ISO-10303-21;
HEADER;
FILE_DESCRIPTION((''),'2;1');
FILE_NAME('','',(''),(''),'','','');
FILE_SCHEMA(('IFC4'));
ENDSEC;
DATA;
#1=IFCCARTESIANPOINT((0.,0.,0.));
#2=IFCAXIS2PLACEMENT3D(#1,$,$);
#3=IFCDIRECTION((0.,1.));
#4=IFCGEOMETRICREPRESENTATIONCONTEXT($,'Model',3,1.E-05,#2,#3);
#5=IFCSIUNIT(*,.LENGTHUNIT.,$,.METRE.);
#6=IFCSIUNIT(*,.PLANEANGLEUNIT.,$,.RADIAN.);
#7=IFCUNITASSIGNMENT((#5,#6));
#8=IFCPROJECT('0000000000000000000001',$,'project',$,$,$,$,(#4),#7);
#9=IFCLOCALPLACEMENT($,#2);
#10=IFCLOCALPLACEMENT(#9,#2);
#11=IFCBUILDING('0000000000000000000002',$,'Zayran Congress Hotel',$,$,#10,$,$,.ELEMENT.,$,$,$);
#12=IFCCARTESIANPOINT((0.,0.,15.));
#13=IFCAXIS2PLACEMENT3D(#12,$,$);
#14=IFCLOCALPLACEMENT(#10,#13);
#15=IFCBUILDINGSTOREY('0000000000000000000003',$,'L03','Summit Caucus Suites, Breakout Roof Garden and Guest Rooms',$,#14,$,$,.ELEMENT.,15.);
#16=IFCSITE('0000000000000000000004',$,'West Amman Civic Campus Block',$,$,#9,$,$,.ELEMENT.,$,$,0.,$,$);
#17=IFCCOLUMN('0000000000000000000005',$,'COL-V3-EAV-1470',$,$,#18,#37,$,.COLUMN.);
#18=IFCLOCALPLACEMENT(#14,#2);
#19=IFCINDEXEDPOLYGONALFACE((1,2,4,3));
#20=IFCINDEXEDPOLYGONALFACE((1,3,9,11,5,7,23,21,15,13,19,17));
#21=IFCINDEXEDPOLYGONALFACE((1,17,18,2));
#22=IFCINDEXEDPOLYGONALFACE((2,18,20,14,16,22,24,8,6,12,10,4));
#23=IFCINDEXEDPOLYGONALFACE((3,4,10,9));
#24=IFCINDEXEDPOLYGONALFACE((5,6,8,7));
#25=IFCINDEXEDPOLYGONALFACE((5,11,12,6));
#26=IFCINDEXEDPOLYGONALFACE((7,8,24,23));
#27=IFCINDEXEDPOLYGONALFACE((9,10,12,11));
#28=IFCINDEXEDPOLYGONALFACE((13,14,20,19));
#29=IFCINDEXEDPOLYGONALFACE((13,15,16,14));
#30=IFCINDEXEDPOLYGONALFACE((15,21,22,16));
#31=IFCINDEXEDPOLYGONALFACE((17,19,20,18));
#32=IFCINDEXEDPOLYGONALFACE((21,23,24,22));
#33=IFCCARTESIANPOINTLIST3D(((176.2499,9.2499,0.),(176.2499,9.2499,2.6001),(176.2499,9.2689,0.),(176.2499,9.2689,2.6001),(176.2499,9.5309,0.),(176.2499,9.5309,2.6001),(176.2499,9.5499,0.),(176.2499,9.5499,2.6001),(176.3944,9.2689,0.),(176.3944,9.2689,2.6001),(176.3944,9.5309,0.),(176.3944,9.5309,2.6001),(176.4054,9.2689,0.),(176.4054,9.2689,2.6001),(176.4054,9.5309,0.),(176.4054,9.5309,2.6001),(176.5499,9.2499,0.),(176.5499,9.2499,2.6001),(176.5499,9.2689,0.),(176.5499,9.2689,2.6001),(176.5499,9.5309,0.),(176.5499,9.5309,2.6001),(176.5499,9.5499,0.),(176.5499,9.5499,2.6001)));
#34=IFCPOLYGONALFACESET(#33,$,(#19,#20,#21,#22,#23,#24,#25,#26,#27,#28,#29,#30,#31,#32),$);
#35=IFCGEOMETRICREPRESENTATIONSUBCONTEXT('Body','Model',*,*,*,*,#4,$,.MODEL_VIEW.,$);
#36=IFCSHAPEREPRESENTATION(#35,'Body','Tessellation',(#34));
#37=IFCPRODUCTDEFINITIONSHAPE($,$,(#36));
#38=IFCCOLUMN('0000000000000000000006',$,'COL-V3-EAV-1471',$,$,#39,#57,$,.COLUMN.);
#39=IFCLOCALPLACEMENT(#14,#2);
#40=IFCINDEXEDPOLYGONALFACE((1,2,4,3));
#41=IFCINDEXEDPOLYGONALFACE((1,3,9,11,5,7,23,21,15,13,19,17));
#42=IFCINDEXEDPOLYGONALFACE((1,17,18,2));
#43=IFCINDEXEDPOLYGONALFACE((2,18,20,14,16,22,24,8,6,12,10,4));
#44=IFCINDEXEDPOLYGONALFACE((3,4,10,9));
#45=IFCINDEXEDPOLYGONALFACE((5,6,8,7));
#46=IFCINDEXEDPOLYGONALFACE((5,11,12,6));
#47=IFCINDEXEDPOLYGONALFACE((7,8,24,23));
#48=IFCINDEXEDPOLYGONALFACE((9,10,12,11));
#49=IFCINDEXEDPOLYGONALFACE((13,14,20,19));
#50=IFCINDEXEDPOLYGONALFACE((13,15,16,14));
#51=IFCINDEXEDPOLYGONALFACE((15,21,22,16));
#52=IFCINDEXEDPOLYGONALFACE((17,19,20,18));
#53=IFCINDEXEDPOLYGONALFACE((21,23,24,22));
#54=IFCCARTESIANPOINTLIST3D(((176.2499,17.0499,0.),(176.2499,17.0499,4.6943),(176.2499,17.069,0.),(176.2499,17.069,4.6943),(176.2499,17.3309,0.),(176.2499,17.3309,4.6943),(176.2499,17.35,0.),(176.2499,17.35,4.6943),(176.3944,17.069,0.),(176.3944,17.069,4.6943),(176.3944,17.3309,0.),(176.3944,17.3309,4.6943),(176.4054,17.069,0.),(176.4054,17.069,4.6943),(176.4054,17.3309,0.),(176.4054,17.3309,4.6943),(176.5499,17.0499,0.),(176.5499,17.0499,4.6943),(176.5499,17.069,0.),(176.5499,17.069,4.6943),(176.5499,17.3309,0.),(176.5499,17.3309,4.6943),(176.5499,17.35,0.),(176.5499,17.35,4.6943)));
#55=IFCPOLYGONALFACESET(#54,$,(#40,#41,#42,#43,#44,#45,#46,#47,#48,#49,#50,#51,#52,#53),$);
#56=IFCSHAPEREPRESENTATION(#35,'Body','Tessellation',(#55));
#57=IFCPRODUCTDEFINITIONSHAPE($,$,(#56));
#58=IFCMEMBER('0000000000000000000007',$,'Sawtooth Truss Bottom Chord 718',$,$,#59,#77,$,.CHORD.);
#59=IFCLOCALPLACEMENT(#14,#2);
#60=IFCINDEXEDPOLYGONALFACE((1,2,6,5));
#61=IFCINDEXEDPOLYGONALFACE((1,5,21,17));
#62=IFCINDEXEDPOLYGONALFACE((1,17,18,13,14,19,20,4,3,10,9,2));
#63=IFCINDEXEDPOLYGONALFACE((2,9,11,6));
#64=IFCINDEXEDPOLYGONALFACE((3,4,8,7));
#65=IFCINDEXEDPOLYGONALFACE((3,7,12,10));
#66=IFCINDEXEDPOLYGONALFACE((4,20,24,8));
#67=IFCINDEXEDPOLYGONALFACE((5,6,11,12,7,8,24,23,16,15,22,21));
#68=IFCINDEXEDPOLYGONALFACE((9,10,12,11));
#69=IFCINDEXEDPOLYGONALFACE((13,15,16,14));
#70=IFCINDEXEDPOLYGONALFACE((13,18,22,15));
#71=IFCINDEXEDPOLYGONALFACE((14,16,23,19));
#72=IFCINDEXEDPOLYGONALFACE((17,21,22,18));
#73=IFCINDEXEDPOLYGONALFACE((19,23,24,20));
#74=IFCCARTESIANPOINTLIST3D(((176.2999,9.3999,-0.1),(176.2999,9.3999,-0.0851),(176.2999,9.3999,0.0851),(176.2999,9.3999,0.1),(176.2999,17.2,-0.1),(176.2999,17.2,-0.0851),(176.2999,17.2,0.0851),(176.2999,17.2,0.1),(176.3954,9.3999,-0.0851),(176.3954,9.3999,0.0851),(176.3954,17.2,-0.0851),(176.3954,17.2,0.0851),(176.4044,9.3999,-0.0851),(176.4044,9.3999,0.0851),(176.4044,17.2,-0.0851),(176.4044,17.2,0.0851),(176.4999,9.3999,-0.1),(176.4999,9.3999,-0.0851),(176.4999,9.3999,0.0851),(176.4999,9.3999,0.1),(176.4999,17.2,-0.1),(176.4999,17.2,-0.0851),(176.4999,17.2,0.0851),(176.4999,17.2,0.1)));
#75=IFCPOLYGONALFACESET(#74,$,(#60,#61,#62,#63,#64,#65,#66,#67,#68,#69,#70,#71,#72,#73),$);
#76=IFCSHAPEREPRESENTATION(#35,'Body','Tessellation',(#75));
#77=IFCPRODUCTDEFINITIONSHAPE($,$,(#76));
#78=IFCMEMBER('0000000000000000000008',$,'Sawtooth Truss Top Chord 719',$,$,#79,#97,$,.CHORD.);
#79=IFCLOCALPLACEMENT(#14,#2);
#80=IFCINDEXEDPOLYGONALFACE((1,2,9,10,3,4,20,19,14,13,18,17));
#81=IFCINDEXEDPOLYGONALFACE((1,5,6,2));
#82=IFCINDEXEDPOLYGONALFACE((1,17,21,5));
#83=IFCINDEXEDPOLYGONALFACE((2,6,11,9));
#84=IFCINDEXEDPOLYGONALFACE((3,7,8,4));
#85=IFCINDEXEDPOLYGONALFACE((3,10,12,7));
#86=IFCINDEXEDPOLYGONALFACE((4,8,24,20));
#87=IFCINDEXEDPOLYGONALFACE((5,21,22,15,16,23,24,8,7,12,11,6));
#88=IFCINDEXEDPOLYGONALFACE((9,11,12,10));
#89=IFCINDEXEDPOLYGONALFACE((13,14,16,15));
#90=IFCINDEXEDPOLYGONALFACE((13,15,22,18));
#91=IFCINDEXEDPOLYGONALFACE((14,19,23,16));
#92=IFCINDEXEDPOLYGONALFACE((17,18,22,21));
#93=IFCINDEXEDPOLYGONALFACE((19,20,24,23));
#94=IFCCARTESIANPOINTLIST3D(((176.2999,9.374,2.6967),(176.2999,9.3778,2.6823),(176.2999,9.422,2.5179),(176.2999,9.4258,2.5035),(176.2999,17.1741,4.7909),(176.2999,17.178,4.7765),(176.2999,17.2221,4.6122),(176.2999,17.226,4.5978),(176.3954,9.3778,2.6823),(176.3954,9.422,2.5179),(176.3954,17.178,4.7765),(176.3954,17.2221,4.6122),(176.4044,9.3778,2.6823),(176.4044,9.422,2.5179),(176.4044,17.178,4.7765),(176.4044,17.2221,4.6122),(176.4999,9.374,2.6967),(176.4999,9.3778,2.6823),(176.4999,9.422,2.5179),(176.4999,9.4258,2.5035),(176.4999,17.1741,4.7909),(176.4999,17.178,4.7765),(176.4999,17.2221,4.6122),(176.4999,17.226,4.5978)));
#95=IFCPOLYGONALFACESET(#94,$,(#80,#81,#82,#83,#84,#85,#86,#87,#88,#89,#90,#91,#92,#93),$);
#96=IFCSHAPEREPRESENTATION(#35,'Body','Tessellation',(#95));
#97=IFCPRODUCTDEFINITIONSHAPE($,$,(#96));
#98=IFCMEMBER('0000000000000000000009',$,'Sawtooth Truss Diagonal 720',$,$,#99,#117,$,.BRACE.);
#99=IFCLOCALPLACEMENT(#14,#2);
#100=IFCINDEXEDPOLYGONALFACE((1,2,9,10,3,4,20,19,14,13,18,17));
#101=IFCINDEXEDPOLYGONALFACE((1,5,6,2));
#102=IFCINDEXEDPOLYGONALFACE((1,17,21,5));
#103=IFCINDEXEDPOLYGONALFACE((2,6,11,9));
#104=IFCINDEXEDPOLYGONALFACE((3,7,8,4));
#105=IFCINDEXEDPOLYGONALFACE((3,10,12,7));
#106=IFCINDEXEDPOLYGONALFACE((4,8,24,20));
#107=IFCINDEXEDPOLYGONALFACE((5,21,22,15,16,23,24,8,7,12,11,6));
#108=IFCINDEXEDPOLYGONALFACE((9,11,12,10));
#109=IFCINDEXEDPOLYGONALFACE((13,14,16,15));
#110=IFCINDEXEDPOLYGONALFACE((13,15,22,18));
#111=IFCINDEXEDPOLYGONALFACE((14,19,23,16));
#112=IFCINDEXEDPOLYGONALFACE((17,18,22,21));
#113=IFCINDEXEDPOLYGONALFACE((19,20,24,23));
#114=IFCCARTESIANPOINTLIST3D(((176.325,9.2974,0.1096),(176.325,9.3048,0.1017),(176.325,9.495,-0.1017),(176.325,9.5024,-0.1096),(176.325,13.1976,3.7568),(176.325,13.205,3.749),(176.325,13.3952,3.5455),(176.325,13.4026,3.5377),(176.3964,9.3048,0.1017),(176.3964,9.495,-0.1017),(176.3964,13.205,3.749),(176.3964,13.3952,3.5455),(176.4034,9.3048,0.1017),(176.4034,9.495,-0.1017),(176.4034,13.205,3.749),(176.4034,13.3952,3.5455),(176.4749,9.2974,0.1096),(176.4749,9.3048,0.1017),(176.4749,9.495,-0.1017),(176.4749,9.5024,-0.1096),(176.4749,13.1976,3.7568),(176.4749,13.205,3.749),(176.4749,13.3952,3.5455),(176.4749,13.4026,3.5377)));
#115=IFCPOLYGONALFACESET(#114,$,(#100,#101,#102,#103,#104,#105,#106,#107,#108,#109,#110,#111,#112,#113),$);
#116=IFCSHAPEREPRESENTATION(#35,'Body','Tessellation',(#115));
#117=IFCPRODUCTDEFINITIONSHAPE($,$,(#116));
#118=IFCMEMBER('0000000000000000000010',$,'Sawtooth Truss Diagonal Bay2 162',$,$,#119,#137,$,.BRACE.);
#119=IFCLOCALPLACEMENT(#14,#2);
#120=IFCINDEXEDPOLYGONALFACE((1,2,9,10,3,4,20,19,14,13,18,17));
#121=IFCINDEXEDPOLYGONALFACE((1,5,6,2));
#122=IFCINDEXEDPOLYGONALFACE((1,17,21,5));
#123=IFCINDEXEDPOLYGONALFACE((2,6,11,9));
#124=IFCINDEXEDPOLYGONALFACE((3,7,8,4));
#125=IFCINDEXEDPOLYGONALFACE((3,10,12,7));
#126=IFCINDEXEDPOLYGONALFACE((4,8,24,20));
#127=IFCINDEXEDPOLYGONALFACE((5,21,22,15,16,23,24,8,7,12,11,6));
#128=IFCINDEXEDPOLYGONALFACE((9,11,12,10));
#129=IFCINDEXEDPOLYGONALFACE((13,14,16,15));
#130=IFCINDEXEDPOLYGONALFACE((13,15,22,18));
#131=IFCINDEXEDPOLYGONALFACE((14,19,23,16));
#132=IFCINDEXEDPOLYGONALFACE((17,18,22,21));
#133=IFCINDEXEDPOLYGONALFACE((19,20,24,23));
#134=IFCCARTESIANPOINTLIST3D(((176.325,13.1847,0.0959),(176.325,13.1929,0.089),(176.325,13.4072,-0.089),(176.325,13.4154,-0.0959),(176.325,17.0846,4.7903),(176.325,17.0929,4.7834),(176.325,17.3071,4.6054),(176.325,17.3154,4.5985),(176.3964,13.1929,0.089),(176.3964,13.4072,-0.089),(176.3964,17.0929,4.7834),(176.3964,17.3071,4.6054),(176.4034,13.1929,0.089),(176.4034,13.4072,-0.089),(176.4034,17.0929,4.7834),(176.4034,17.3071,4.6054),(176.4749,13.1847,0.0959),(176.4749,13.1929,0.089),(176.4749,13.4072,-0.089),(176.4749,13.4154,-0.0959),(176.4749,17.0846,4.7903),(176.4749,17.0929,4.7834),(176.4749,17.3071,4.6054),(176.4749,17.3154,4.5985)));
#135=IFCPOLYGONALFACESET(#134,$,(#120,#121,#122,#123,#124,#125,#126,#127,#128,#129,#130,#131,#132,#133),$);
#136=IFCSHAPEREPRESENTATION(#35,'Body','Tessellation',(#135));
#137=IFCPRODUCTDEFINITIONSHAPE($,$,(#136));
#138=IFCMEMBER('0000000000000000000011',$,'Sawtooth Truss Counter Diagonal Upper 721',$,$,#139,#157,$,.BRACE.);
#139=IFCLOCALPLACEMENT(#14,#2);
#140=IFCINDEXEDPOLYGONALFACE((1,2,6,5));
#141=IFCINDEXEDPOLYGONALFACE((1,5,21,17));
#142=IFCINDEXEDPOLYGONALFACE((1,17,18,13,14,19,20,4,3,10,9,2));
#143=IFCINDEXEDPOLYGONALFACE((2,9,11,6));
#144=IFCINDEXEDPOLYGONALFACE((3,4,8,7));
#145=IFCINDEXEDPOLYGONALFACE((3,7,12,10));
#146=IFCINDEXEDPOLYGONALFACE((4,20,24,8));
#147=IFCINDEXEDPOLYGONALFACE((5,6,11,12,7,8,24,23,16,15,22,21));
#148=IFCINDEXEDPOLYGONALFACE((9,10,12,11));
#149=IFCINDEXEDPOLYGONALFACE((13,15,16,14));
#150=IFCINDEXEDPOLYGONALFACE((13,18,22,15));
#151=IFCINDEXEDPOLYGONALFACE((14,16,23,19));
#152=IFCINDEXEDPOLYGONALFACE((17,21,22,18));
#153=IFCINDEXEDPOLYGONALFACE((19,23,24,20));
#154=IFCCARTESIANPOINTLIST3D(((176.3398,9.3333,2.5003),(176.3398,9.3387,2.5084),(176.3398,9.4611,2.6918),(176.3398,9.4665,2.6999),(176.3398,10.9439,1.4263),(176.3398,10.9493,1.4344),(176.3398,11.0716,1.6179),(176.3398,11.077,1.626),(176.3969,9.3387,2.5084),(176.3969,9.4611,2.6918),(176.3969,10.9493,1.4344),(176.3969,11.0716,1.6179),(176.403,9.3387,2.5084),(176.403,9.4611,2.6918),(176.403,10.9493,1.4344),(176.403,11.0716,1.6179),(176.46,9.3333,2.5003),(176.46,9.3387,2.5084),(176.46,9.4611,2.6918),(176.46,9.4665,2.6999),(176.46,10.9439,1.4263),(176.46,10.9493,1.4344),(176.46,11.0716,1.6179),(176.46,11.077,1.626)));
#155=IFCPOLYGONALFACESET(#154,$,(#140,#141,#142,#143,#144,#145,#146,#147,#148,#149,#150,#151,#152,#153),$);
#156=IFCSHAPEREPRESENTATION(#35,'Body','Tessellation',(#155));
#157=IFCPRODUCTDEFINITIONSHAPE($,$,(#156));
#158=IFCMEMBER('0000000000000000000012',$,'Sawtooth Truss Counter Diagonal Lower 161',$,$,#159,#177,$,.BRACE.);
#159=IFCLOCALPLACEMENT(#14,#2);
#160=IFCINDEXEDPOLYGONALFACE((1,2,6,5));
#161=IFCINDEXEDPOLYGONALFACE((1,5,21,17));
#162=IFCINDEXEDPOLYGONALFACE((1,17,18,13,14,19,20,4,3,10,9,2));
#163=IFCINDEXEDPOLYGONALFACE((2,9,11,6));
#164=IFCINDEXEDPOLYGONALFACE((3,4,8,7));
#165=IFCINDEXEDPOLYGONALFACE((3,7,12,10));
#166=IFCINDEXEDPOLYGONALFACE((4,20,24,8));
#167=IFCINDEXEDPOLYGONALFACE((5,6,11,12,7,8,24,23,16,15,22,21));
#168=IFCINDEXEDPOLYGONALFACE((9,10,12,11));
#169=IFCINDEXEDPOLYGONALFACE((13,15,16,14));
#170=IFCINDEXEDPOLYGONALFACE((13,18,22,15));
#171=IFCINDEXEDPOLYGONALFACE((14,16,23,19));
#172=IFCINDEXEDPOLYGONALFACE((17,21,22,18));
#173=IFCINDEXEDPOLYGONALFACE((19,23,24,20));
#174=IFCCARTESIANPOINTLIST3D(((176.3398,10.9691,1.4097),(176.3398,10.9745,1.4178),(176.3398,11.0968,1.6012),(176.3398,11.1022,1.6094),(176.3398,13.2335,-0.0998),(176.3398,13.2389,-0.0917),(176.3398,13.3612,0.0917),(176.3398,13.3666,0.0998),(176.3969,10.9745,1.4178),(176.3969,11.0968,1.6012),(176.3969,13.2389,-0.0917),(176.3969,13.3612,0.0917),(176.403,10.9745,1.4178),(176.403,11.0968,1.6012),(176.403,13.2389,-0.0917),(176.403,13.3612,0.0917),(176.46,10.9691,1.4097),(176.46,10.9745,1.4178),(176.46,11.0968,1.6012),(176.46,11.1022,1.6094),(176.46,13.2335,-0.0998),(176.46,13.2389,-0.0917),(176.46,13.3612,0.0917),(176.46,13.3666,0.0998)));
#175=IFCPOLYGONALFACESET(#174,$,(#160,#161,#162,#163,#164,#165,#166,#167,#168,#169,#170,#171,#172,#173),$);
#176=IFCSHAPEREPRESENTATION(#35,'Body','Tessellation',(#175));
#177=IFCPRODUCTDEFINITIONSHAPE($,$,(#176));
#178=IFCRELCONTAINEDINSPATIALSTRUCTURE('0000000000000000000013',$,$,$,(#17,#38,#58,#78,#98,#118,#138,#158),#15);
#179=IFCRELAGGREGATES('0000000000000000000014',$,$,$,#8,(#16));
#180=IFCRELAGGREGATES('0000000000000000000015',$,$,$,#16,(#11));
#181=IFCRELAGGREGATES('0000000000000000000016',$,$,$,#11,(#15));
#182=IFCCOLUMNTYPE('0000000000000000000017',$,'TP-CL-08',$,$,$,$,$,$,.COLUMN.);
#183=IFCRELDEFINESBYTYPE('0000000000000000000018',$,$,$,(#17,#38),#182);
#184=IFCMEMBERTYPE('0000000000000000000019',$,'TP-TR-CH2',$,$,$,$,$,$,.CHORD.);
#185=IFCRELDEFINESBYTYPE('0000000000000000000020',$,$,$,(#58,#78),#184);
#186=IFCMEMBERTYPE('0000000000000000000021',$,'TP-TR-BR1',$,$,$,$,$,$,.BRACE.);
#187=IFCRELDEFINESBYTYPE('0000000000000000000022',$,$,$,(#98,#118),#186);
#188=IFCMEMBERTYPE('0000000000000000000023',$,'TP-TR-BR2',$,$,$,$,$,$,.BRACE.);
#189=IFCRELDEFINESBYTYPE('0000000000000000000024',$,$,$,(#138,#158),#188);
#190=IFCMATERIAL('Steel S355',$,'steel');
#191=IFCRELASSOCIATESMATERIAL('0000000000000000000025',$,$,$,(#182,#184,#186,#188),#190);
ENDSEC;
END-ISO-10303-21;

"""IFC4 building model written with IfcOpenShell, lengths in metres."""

from ifc_helpers import new_model, si_unit, direction, frame, origin, origin_2d, place, context, subcontext, project, spatial, i_section, extrude, material, material_profile, profile_set, type_object, element, save


model = new_model("IFC4")

# Units and contexts
model_context = context("Model", 3, precision=1e-05, world=origin(), true_north=direction((0.0, 1.0)))
body_context = subcontext(model_context, "Body", "Model", "MODEL_VIEW")
ifc_project = project(units=[si_unit("LENGTHUNIT", "METRE"), si_unit("PLANEANGLEUNIT", "RADIAN")], contexts=[model_context])

# Site, building, storey
site_placement = place(None, origin())
site = spatial("IfcSite", under=ifc_project, at=site_placement, Name="West Amman Civic Campus Block", CompositionType="ELEMENT", RefElevation=0.0)
building_placement = place(site_placement, origin())
building = spatial("IfcBuilding", under=site, at=building_placement, Name="Zayran Congress Hotel", CompositionType="ELEMENT")
storey_placement = place(building_placement, frame((0.0, 0.0, 15.0)))
storey = spatial("IfcBuildingStorey", under=building, at=storey_placement, Name="L03", Description="Summit Caucus Suites, Breakout Roof Garden and Guest Rooms", CompositionType="ELEMENT", Elevation=15.0)

# Columns
ifc_material_1 = material(Name="Steel S355", Category="steel")
ifc_material_profile_1 = material_profile(ifc_material_1, i_section(OverallWidth=0.3, OverallDepth=0.3, WebThickness=0.011, FlangeThickness=0.019, at=origin_2d()), Name="HEB 300")
ifc_profile_set_1 = profile_set([ifc_material_profile_1], Name="Steel S355")
column_type = type_object("IfcColumnType", Name="TP-CL-08", PredefinedType="COLUMN", material=ifc_profile_set_1)
column_1_placement = place(storey_placement, frame((176.3999, 9.3999, 0.0), z_axis=(0.0, 0.0, 1.0), x_axis=(1.0, 0.0, 0.0)))
element("IfcColumn", 1, at=column_1_placement, inside=storey, type_object=column_type, Name="COL-V3-EAV-1470", PredefinedType="COLUMN", context=body_context, shape_type="SweptSolid", body=[
    extrude(i_section(OverallWidth=0.3, OverallDepth=0.3, WebThickness=0.011, FlangeThickness=0.019, at=origin_2d()), origin(), (0.0, 0.0, 1.0), 2.6001),
])
column_2_placement = place(storey_placement, frame((176.3999, 17.2, 0.0), z_axis=(0.0, 0.0, 1.0), x_axis=(1.0, 0.0, 0.0)))
element("IfcColumn", 2, at=column_2_placement, inside=storey, type_object=column_type, Name="COL-V3-EAV-1471", PredefinedType="COLUMN", context=body_context, shape_type="SweptSolid", body=[
    extrude(i_section(OverallWidth=0.3, OverallDepth=0.3, WebThickness=0.011, FlangeThickness=0.019, at=origin_2d()), origin(), (0.0, 0.0, 1.0), 4.6943),
])

# Members
ifc_material_profile_2 = material_profile(ifc_material_1, i_section(OverallWidth=0.2, OverallDepth=0.2, WebThickness=0.009, FlangeThickness=0.0149, at=origin_2d()), Name="HEB 200")
ifc_profile_set_2 = profile_set([ifc_material_profile_2], Name="Steel S355")
member_type_1 = type_object("IfcMemberType", Name="TP-TR-CH2", PredefinedType="CHORD", material=ifc_profile_set_2)
member_1_placement = place(storey_placement, frame((176.3999, 9.3999, 0.0), z_axis=(0.0, 1.0, 0.0), x_axis=(-1.0, 0.0, 0.0)))
element("IfcMember", 3, at=member_1_placement, inside=storey, type_object=member_type_1, Name="Sawtooth Truss Bottom Chord 718", PredefinedType="CHORD", context=body_context, shape_type="SweptSolid", body=[
    extrude(i_section(OverallWidth=0.2, OverallDepth=0.2, WebThickness=0.009, FlangeThickness=0.0149, at=origin_2d()), origin(), (0.0, 0.0, 1.0), 7.8),
])
member_2_placement = place(storey_placement, frame((176.3999, 9.3999, 2.6001), z_axis=(0.0, 0.965795, 0.259307), x_axis=(-1.0, 0.0, 0.0)))
element("IfcMember", 4, at=member_2_placement, inside=storey, type_object=member_type_1, Name="Sawtooth Truss Top Chord 719", PredefinedType="CHORD", context=body_context, shape_type="SweptSolid", body=[
    extrude(i_section(OverallWidth=0.2, OverallDepth=0.2, WebThickness=0.009, FlangeThickness=0.0149, at=origin_2d()), origin(), (0.0, 0.0, 1.0), 8.0764),
])
ifc_material_profile_3 = material_profile(ifc_material_1, i_section(OverallWidth=0.1499, OverallDepth=0.3, WebThickness=0.0071, FlangeThickness=0.0107, at=origin_2d()), Name="IPE 300")
ifc_profile_set_3 = profile_set([ifc_material_profile_3], Name="Steel S355")
member_type_2 = type_object("IfcMemberType", Name="TP-TR-BR1", PredefinedType="BRACE", material=ifc_profile_set_3)
member_3_placement = place(storey_placement, frame((176.3999, 9.3999, 0.0), z_axis=(0.0, 0.730394, 0.683027), x_axis=(-1.0, 0.0, 0.0)))
element("IfcMember", 5, at=member_3_placement, inside=storey, type_object=member_type_2, Name="Sawtooth Truss Diagonal 720", PredefinedType="BRACE", context=body_context, shape_type="SweptSolid", body=[
    extrude(i_section(OverallWidth=0.1499, OverallDepth=0.3, WebThickness=0.0071, FlangeThickness=0.0107, at=origin_2d()), origin(), (0.0, 0.0, 1.0), 5.3398),
])
member_4_placement = place(storey_placement, frame((176.3999, 13.3, 0.0), z_axis=(0.0, 0.639019, 0.769191), x_axis=(-1.0, 0.0, 0.0)))
element("IfcMember", 6, at=member_4_placement, inside=storey, type_object=member_type_2, Name="Sawtooth Truss Diagonal Bay2 162", PredefinedType="BRACE", context=body_context, shape_type="SweptSolid", body=[
    extrude(i_section(OverallWidth=0.1499, OverallDepth=0.3, WebThickness=0.0071, FlangeThickness=0.0107, at=origin_2d()), origin(), (0.0, 0.0, 1.0), 6.103),
])
ifc_material_profile_4 = material_profile(ifc_material_1, i_section(OverallWidth=0.1201, OverallDepth=0.24, WebThickness=0.0061, FlangeThickness=0.0098, at=origin_2d()), Name="IPE 240")
ifc_profile_set_4 = profile_set([ifc_material_profile_4], Name="Steel S355")
member_type_3 = type_object("IfcMemberType", Name="TP-TR-BR2", PredefinedType="BRACE", material=ifc_profile_set_4)
member_5_placement = place(storey_placement, frame((176.3999, 9.3999, 2.6001), z_axis=(0.0, 0.831992, -0.554788), x_axis=(-1.0, 0.0, 0.0)))
element("IfcMember", 7, at=member_5_placement, inside=storey, type_object=member_type_3, Name="Sawtooth Truss Counter Diagonal Upper 721", PredefinedType="BRACE", context=body_context, shape_type="SweptSolid", body=[
    extrude(i_section(OverallWidth=0.1201, OverallDepth=0.24, WebThickness=0.0061, FlangeThickness=0.0098, at=origin_2d()), origin(), (0.0, 0.0, 1.0), 1.9358),
])
member_6_placement = place(storey_placement, frame((176.3999, 11.0356, 1.5095), z_axis=(0.0, 0.832064, -0.554679), x_axis=(-1.0, 0.0, 0.0)))
element("IfcMember", 8, at=member_6_placement, inside=storey, type_object=member_type_3, Name="Sawtooth Truss Counter Diagonal Lower 161", PredefinedType="BRACE", context=body_context, shape_type="SweptSolid", body=[
    extrude(i_section(OverallWidth=0.1201, OverallDepth=0.24, WebThickness=0.0061, FlangeThickness=0.0098, at=origin_2d()), origin(), (0.0, 0.0, 1.0), 2.7214),
])

save(model, "model.ifc")
